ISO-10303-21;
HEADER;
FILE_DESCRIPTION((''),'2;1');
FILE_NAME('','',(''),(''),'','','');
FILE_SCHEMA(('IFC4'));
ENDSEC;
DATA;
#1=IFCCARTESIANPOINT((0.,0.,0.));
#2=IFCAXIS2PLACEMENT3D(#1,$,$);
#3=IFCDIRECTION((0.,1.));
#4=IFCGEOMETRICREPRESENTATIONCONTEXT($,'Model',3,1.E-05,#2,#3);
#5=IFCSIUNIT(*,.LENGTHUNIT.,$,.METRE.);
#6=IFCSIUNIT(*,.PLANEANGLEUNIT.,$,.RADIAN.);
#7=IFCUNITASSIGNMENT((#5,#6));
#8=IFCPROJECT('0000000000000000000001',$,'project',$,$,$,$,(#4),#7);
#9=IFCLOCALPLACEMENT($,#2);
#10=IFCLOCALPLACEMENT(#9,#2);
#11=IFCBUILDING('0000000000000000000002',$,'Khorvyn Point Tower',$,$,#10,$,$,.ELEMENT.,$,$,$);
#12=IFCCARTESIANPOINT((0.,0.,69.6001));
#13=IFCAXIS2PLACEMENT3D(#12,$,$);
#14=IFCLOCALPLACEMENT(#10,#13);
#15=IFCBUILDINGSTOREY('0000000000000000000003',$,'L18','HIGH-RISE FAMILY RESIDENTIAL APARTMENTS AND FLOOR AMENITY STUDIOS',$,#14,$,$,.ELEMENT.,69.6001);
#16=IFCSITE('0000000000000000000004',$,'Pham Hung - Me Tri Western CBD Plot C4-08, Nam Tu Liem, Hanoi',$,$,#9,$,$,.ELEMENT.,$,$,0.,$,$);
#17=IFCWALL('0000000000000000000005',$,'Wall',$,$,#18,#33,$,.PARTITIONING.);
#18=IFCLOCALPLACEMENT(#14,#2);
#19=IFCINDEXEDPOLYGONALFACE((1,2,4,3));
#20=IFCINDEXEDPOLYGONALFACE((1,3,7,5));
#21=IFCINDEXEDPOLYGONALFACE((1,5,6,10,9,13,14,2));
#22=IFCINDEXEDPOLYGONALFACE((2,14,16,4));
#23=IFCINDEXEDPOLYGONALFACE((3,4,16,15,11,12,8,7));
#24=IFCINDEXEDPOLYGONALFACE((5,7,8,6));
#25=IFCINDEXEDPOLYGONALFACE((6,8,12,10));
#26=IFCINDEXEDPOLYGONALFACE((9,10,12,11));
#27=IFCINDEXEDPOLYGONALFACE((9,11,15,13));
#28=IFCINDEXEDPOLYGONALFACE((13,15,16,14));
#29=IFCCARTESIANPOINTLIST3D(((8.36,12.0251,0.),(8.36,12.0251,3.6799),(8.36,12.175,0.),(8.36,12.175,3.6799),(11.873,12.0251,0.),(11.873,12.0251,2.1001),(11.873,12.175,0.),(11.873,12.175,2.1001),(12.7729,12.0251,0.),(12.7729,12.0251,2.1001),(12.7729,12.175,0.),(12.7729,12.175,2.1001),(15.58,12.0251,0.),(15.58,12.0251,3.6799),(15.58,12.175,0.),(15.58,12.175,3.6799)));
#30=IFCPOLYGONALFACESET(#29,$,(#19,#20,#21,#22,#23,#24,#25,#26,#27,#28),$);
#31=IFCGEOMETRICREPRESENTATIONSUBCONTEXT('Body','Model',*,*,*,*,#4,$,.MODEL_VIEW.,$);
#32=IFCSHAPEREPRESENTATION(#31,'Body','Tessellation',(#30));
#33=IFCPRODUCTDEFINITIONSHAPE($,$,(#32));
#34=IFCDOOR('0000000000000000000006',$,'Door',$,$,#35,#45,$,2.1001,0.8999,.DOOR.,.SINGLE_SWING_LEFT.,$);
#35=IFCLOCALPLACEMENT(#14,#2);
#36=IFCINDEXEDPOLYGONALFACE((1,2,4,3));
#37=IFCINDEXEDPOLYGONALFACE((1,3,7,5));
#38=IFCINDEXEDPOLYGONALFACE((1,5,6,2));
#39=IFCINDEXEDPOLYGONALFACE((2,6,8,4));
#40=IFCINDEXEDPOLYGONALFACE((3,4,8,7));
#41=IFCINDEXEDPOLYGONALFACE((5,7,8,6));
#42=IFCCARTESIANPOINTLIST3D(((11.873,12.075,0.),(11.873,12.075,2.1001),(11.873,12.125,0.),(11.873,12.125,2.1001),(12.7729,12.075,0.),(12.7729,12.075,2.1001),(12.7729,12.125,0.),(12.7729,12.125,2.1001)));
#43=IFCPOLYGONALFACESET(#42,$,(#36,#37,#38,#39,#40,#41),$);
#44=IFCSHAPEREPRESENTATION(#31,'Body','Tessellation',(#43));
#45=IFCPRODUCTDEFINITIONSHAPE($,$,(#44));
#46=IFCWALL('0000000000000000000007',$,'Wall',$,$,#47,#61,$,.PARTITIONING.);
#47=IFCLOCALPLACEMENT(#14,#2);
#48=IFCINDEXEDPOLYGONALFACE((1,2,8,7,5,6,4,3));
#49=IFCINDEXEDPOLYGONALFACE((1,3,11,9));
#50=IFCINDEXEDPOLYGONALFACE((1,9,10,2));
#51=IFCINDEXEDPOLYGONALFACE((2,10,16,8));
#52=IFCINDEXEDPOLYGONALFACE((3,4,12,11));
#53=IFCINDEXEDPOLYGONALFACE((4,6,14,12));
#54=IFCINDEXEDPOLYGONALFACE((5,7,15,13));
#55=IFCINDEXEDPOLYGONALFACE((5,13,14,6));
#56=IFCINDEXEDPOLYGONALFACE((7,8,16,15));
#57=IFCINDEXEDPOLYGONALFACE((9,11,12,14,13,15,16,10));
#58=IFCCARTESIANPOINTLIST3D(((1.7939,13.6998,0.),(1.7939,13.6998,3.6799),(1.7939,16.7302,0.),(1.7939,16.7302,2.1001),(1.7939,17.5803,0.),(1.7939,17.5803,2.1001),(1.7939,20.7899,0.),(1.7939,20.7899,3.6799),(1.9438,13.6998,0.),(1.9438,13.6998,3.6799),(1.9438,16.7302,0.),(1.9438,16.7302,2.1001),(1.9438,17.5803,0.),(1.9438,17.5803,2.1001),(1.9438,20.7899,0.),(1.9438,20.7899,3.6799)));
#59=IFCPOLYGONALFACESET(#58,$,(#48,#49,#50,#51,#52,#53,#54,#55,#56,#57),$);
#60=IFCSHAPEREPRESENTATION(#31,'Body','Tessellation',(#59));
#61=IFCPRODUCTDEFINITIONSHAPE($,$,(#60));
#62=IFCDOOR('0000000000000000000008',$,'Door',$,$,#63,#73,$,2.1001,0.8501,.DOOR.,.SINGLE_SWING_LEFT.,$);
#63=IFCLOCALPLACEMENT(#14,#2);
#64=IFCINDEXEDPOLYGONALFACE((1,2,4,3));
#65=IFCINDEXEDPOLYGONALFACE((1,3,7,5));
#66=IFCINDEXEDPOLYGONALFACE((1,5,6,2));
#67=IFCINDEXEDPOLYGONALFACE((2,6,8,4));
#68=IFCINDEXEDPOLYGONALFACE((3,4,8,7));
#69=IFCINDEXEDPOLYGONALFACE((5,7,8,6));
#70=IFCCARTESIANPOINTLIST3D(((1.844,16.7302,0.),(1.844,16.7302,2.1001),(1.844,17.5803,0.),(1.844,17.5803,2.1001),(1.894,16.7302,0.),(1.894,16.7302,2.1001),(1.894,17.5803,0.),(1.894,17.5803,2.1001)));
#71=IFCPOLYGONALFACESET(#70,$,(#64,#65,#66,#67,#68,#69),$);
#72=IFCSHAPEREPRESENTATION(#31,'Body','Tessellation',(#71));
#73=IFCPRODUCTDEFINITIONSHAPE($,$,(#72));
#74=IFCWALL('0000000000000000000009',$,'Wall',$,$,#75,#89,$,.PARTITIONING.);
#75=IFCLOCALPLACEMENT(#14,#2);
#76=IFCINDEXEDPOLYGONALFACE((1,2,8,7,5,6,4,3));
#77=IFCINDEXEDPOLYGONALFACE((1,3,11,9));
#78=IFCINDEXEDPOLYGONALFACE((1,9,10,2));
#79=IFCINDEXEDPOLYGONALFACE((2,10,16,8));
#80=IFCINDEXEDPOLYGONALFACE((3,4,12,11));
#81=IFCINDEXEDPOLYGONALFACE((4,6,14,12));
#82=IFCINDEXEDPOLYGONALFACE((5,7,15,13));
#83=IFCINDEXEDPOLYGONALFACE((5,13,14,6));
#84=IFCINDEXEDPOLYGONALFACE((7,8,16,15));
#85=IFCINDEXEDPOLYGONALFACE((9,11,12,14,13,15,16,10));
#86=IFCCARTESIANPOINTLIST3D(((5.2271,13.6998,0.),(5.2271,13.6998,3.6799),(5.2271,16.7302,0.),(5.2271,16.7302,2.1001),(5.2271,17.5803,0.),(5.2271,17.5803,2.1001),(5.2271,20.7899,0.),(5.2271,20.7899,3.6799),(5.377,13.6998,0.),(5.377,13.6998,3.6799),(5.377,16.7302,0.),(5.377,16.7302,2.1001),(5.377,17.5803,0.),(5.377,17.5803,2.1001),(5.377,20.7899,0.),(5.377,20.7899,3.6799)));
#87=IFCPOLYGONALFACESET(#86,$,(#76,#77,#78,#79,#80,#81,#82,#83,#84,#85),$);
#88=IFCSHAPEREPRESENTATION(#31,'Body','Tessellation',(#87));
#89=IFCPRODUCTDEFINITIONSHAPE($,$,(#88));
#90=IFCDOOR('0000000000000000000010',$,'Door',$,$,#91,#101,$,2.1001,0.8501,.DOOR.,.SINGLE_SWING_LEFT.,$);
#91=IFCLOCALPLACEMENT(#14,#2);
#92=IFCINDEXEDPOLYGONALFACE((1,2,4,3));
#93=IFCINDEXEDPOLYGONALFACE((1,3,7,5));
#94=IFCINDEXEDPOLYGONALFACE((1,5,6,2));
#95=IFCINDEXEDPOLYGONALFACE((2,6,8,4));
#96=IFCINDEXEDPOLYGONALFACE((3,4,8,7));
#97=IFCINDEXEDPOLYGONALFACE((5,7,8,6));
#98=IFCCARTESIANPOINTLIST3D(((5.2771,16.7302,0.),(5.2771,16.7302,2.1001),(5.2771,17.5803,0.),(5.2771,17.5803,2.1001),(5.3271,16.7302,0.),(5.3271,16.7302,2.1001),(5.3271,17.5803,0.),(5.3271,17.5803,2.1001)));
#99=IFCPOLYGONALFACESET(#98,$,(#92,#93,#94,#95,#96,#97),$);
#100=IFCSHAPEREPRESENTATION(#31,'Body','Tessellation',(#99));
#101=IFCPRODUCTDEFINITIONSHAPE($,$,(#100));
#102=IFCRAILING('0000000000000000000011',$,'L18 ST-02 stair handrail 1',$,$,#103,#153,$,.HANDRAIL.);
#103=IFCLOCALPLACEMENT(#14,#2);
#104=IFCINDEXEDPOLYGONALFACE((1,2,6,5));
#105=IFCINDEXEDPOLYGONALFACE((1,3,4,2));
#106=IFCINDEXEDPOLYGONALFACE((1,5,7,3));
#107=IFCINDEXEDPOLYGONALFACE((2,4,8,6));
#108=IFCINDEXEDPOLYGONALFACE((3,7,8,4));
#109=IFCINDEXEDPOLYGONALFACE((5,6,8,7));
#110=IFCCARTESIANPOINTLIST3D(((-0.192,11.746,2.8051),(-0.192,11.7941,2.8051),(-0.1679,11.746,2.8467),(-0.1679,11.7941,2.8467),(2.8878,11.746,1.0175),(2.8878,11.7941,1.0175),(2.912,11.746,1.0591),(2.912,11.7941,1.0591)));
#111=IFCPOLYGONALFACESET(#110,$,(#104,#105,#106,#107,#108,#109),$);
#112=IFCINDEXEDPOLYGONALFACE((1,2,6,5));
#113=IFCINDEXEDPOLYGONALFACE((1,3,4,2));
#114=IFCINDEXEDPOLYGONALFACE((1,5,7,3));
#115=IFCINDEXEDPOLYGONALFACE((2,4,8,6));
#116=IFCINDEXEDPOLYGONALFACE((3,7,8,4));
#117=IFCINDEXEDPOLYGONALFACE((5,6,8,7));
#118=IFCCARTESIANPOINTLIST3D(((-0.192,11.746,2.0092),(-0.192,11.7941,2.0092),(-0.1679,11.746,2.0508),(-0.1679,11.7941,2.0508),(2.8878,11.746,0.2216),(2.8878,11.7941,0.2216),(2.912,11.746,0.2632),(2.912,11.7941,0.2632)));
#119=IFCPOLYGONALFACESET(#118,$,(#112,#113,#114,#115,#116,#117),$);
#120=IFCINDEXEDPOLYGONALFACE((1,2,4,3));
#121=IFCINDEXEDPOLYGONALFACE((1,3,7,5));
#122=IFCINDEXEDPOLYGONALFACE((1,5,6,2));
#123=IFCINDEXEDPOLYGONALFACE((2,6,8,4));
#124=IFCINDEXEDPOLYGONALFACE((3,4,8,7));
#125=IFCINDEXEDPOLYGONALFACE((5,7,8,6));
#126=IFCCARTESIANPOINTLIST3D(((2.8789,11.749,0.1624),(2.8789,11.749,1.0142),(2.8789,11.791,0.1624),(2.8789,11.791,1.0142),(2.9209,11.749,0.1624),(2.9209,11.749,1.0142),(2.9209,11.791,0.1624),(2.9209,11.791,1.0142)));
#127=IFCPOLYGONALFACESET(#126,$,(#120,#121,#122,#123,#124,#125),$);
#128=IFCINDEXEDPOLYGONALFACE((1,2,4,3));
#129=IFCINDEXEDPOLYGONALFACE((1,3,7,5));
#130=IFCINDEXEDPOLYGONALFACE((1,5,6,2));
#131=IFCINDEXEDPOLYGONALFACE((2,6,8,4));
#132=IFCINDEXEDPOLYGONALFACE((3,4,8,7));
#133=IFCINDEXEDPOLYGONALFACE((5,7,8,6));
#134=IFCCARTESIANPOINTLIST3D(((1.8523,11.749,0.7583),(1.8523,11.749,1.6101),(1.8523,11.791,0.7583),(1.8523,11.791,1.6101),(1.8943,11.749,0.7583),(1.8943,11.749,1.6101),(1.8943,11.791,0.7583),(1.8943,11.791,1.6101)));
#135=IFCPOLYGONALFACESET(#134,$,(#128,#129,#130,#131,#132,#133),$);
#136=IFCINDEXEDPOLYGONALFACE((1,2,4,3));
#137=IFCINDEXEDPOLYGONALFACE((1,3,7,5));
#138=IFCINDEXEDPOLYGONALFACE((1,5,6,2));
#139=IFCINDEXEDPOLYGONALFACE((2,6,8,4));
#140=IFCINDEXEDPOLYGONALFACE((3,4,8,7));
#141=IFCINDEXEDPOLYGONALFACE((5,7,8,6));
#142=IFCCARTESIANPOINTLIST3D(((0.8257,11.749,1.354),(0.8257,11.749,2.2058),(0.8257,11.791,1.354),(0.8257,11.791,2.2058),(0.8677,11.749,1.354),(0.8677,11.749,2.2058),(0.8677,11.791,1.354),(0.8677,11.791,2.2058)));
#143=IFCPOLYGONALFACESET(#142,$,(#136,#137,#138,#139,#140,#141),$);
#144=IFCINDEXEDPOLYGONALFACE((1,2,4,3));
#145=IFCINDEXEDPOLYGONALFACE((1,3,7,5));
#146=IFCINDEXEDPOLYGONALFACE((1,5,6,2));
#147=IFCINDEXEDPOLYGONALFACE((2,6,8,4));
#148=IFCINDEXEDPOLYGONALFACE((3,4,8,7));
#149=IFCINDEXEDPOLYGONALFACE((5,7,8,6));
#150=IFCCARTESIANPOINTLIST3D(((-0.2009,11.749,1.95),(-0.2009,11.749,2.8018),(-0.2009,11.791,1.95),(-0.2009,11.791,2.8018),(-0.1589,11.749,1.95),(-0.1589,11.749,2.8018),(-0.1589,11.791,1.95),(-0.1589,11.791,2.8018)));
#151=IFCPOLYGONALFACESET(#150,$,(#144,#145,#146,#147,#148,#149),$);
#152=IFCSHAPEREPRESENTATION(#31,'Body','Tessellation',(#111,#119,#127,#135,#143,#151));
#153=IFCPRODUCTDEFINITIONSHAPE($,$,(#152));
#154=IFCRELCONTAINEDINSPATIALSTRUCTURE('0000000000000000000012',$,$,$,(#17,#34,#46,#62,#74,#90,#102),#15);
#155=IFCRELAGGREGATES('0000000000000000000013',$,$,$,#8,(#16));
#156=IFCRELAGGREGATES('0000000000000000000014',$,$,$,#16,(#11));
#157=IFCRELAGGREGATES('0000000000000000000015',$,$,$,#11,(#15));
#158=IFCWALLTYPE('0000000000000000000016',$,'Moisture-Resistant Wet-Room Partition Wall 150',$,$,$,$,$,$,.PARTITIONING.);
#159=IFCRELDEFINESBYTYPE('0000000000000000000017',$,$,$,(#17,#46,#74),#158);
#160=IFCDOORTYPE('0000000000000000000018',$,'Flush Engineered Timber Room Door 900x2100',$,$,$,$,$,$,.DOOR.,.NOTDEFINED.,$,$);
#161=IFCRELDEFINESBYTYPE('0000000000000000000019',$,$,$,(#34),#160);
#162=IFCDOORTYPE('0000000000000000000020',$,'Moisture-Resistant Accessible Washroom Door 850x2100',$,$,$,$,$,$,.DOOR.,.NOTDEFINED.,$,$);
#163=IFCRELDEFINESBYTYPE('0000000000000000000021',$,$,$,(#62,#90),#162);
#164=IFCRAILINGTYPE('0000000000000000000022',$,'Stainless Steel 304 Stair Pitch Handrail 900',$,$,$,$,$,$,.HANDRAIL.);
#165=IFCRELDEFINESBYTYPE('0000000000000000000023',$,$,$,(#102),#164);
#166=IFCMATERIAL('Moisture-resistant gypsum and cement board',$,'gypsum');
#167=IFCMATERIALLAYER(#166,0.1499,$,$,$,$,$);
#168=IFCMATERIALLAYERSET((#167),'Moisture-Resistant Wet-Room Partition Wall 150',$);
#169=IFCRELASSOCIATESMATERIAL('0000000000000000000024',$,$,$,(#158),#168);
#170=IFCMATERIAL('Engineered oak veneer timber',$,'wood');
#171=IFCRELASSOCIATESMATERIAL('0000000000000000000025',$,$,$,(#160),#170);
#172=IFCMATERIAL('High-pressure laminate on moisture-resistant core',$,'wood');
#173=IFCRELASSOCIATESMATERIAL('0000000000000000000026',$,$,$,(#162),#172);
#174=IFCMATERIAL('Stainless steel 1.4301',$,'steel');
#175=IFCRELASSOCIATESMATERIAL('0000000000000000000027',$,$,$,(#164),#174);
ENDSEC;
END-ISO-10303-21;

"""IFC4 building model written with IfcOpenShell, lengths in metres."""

from ifc_helpers import new_model, si_unit, direction, frame, frame_2d, origin, origin_2d, place, context, subcontext, project, spatial, rectangle, extrude, material, layer, layer_set, type_object, element, fill, save


model = new_model("IFC4")

# Units and contexts
model_context = context("Model", 3, precision=1e-05, world=origin(), true_north=direction((0.0, 1.0)))
body_context = subcontext(model_context, "Body", "Model", "MODEL_VIEW")
ifc_project = project(units=[si_unit("LENGTHUNIT", "METRE"), si_unit("PLANEANGLEUNIT", "RADIAN")], contexts=[model_context])

# Site, building, storey
site_placement = place(None, origin())
site = spatial("IfcSite", under=ifc_project, at=site_placement, Name="Pham Hung - Me Tri Western CBD Plot C4-08, Nam Tu Liem, Hanoi", CompositionType="ELEMENT", RefElevation=0.0)
building_placement = place(site_placement, origin())
building = spatial("IfcBuilding", under=site, at=building_placement, Name="Khorvyn Point Tower", CompositionType="ELEMENT")
storey_placement = place(building_placement, frame((0.0, 0.0, 69.6001)))
storey = spatial("IfcBuildingStorey", under=building, at=storey_placement, Name="L18", Description="HIGH-RISE FAMILY RESIDENTIAL APARTMENTS AND FLOOR AMENITY STUDIOS", CompositionType="ELEMENT", Elevation=69.6001)

# Walls, openings, doors
ifc_material_1 = material(Name="Moisture-resistant gypsum and cement board", Category="gypsum")
ifc_layer_1 = layer(ifc_material_1, 0.1499)
ifc_layer_set_1 = layer_set([ifc_layer_1], Name="Moisture-Resistant Wet-Room Partition Wall 150")
wall_type_1 = type_object("IfcWallType", Name="Moisture-Resistant Wet-Room Partition Wall 150", PredefinedType="PARTITIONING", material=ifc_layer_set_1)
wall_1_placement = place(storey_placement, frame((8.3601, 12.1001, 0.0), z_axis=(0.0, 0.0, 1.0), x_axis=(1.0, 0.0, 0.0)))
wall_1 = element("IfcWall", 1, at=wall_1_placement, inside=storey, type_object=wall_type_1, Name="Wall", PredefinedType="PARTITIONING", context=body_context, shape_type="SweptSolid", body=[
    extrude(rectangle(XDim=7.22, YDim=0.1499, at=frame_2d((3.6099, 0.0))), origin(), (0.0, 0.0, 1.0), 3.6799),
])
opening_1_placement = place(wall_1_placement, frame((3.5129, 0.0, 0.0)))
opening_1 = element("IfcOpeningElement", 2, at=opening_1_placement, cuts=wall_1, PredefinedType="OPENING", context=body_context, shape_type="SweptSolid", body=[
    extrude(rectangle(XDim=0.8999, YDim=2.1001, at=frame_2d((0.45, 1.05))), frame((0.0, 0.085, 0.0), z_axis=(0.0, -1.0, 0.0), x_axis=(1.0, 0.0, 0.0)), (0.0, 0.0, 1.0), 0.1699),
])
ifc_material_2 = material(Name="Engineered oak veneer timber", Category="wood")
door_type_1 = type_object("IfcDoorType", Name="Flush Engineered Timber Room Door 900x2100", OperationType="NOTDEFINED", PredefinedType="DOOR", material=ifc_material_2)
door_1_placement = place(opening_1_placement, origin())
door_1 = element("IfcDoor", 3, at=door_1_placement, inside=storey, type_object=door_type_1, Name="Door", OperationType="SINGLE_SWING_LEFT", OverallHeight=2.1001, OverallWidth=0.8999, PredefinedType="DOOR", context=body_context, shape_type="SweptSolid", body=[
    extrude(rectangle(XDim=0.8999, YDim=2.1001, at=frame_2d((0.45, 1.05))), frame((0.0, 0.0249, 0.0), z_axis=(0.0, -1.0, 0.0), x_axis=(1.0, 0.0, 0.0)), (0.0, 0.0, 1.0), 0.05),
])
fill(opening_1, door_1)
wall_2_placement = place(storey_placement, frame((1.8689, 13.7, 0.0), z_axis=(0.0, 0.0, 1.0), x_axis=(0.0, 1.0, 0.0)))
wall_2 = element("IfcWall", 4, at=wall_2_placement, inside=storey, type_object=wall_type_1, Name="Wall", PredefinedType="PARTITIONING", context=body_context, shape_type="SweptSolid", body=[
    extrude(rectangle(XDim=7.0901, YDim=0.1499, at=frame_2d((3.5449, 0.0))), origin(), (0.0, 0.0, 1.0), 3.6799),
])
opening_2_placement = place(wall_2_placement, frame((3.0303, 0.0, 0.0)))
opening_2 = element("IfcOpeningElement", 5, at=opening_2_placement, cuts=wall_2, PredefinedType="OPENING", context=body_context, shape_type="SweptSolid", body=[
    extrude(rectangle(XDim=0.8501, YDim=2.1001, at=frame_2d((0.425, 1.05))), frame((0.0, 0.085, 0.0), z_axis=(0.0, -1.0, 0.0), x_axis=(1.0, 0.0, 0.0)), (0.0, 0.0, 1.0), 0.1699),
])
ifc_material_3 = material(Name="High-pressure laminate on moisture-resistant core", Category="wood")
door_type_2 = type_object("IfcDoorType", Name="Moisture-Resistant Accessible Washroom Door 850x2100", OperationType="NOTDEFINED", PredefinedType="DOOR", material=ifc_material_3)
door_2_placement = place(opening_2_placement, origin())
door_2 = element("IfcDoor", 6, at=door_2_placement, inside=storey, type_object=door_type_2, Name="Door", OperationType="SINGLE_SWING_LEFT", OverallHeight=2.1001, OverallWidth=0.8501, PredefinedType="DOOR", context=body_context, shape_type="SweptSolid", body=[
    extrude(rectangle(XDim=0.8501, YDim=2.1001, at=frame_2d((0.425, 1.05))), frame((0.0, 0.0249, 0.0), z_axis=(0.0, -1.0, 0.0), x_axis=(1.0, 0.0, 0.0)), (0.0, 0.0, 1.0), 0.05),
])
fill(opening_2, door_2)
wall_3_placement = place(storey_placement, frame((5.302, 13.7, 0.0), z_axis=(0.0, 0.0, 1.0), x_axis=(0.0, 1.0, 0.0)))
wall_3 = element("IfcWall", 7, at=wall_3_placement, inside=storey, type_object=wall_type_1, Name="Wall", PredefinedType="PARTITIONING", context=body_context, shape_type="SweptSolid", body=[
    extrude(rectangle(XDim=7.0901, YDim=0.1499, at=frame_2d((3.5449, 0.0))), origin(), (0.0, 0.0, 1.0), 3.6799),
])
opening_3_placement = place(wall_3_placement, frame((3.0303, 0.0, 0.0)))
opening_3 = element("IfcOpeningElement", 8, at=opening_3_placement, cuts=wall_3, PredefinedType="OPENING", context=body_context, shape_type="SweptSolid", body=[
    extrude(rectangle(XDim=0.8501, YDim=2.1001, at=frame_2d((0.425, 1.05))), frame((0.0, 0.085, 0.0), z_axis=(0.0, -1.0, 0.0), x_axis=(1.0, 0.0, 0.0)), (0.0, 0.0, 1.0), 0.1699),
])
door_3_placement = place(opening_3_placement, origin())
door_3 = element("IfcDoor", 9, at=door_3_placement, inside=storey, type_object=door_type_2, Name="Door", OperationType="SINGLE_SWING_LEFT", OverallHeight=2.1001, OverallWidth=0.8501, PredefinedType="DOOR", context=body_context, shape_type="SweptSolid", body=[
    extrude(rectangle(XDim=0.8501, YDim=2.1001, at=frame_2d((0.425, 1.05))), frame((0.0, 0.0249, 0.0), z_axis=(0.0, -1.0, 0.0), x_axis=(1.0, 0.0, 0.0)), (0.0, 0.0, 1.0), 0.05),
])
fill(opening_3, door_3)

# Railing
ifc_material_4 = material(Name="Stainless steel 1.4301", Category="steel")
railing_type = type_object("IfcRailingType", Name="Stainless Steel 304 Stair Pitch Handrail 900", PredefinedType="HANDRAIL", material=ifc_material_4)
railing_placement = place(storey_placement, frame((2.8999, 11.77, 0.1624)))
element("IfcRailing", 10, at=railing_placement, inside=storey, type_object=railing_type, Name="L18 ST-02 stair handrail 1", PredefinedType="HANDRAIL", context=body_context, shape_type="SweptSolid", body=[
    extrude(rectangle(XDim=0.0481, YDim=0.0481, at=origin_2d()), frame((0.0, 0.0, 0.876), z_axis=(-0.864873, 0.0, 0.50199), x_axis=(0.0, -1.0, 0.0)), (0.0, 0.0, 1.0), 3.561),
    extrude(rectangle(XDim=0.0481, YDim=0.0481, at=origin_2d()), frame((0.0, 0.0, 0.0801), z_axis=(-0.864873, 0.0, 0.50199), x_axis=(0.0, -1.0, 0.0)), (0.0, 0.0, 1.0), 3.561),
    extrude(rectangle(XDim=0.042, YDim=0.042, at=origin_2d()), origin(), (0.0, 0.0, 1.0), 0.8518),
    extrude(rectangle(XDim=0.042, YDim=0.042, at=origin_2d()), frame((-1.0266, 0.0, 0.5959)), (0.0, 0.0, 1.0), 0.8518),
    extrude(rectangle(XDim=0.042, YDim=0.042, at=origin_2d()), frame((-2.0532, 0.0, 1.1917)), (0.0, 0.0, 1.0), 0.8518),
    extrude(rectangle(XDim=0.042, YDim=0.042, at=origin_2d()), frame((-3.0798, 0.0, 1.7876)), (0.0, 0.0, 1.0), 0.8518),
])

save(model, "model.ifc")
